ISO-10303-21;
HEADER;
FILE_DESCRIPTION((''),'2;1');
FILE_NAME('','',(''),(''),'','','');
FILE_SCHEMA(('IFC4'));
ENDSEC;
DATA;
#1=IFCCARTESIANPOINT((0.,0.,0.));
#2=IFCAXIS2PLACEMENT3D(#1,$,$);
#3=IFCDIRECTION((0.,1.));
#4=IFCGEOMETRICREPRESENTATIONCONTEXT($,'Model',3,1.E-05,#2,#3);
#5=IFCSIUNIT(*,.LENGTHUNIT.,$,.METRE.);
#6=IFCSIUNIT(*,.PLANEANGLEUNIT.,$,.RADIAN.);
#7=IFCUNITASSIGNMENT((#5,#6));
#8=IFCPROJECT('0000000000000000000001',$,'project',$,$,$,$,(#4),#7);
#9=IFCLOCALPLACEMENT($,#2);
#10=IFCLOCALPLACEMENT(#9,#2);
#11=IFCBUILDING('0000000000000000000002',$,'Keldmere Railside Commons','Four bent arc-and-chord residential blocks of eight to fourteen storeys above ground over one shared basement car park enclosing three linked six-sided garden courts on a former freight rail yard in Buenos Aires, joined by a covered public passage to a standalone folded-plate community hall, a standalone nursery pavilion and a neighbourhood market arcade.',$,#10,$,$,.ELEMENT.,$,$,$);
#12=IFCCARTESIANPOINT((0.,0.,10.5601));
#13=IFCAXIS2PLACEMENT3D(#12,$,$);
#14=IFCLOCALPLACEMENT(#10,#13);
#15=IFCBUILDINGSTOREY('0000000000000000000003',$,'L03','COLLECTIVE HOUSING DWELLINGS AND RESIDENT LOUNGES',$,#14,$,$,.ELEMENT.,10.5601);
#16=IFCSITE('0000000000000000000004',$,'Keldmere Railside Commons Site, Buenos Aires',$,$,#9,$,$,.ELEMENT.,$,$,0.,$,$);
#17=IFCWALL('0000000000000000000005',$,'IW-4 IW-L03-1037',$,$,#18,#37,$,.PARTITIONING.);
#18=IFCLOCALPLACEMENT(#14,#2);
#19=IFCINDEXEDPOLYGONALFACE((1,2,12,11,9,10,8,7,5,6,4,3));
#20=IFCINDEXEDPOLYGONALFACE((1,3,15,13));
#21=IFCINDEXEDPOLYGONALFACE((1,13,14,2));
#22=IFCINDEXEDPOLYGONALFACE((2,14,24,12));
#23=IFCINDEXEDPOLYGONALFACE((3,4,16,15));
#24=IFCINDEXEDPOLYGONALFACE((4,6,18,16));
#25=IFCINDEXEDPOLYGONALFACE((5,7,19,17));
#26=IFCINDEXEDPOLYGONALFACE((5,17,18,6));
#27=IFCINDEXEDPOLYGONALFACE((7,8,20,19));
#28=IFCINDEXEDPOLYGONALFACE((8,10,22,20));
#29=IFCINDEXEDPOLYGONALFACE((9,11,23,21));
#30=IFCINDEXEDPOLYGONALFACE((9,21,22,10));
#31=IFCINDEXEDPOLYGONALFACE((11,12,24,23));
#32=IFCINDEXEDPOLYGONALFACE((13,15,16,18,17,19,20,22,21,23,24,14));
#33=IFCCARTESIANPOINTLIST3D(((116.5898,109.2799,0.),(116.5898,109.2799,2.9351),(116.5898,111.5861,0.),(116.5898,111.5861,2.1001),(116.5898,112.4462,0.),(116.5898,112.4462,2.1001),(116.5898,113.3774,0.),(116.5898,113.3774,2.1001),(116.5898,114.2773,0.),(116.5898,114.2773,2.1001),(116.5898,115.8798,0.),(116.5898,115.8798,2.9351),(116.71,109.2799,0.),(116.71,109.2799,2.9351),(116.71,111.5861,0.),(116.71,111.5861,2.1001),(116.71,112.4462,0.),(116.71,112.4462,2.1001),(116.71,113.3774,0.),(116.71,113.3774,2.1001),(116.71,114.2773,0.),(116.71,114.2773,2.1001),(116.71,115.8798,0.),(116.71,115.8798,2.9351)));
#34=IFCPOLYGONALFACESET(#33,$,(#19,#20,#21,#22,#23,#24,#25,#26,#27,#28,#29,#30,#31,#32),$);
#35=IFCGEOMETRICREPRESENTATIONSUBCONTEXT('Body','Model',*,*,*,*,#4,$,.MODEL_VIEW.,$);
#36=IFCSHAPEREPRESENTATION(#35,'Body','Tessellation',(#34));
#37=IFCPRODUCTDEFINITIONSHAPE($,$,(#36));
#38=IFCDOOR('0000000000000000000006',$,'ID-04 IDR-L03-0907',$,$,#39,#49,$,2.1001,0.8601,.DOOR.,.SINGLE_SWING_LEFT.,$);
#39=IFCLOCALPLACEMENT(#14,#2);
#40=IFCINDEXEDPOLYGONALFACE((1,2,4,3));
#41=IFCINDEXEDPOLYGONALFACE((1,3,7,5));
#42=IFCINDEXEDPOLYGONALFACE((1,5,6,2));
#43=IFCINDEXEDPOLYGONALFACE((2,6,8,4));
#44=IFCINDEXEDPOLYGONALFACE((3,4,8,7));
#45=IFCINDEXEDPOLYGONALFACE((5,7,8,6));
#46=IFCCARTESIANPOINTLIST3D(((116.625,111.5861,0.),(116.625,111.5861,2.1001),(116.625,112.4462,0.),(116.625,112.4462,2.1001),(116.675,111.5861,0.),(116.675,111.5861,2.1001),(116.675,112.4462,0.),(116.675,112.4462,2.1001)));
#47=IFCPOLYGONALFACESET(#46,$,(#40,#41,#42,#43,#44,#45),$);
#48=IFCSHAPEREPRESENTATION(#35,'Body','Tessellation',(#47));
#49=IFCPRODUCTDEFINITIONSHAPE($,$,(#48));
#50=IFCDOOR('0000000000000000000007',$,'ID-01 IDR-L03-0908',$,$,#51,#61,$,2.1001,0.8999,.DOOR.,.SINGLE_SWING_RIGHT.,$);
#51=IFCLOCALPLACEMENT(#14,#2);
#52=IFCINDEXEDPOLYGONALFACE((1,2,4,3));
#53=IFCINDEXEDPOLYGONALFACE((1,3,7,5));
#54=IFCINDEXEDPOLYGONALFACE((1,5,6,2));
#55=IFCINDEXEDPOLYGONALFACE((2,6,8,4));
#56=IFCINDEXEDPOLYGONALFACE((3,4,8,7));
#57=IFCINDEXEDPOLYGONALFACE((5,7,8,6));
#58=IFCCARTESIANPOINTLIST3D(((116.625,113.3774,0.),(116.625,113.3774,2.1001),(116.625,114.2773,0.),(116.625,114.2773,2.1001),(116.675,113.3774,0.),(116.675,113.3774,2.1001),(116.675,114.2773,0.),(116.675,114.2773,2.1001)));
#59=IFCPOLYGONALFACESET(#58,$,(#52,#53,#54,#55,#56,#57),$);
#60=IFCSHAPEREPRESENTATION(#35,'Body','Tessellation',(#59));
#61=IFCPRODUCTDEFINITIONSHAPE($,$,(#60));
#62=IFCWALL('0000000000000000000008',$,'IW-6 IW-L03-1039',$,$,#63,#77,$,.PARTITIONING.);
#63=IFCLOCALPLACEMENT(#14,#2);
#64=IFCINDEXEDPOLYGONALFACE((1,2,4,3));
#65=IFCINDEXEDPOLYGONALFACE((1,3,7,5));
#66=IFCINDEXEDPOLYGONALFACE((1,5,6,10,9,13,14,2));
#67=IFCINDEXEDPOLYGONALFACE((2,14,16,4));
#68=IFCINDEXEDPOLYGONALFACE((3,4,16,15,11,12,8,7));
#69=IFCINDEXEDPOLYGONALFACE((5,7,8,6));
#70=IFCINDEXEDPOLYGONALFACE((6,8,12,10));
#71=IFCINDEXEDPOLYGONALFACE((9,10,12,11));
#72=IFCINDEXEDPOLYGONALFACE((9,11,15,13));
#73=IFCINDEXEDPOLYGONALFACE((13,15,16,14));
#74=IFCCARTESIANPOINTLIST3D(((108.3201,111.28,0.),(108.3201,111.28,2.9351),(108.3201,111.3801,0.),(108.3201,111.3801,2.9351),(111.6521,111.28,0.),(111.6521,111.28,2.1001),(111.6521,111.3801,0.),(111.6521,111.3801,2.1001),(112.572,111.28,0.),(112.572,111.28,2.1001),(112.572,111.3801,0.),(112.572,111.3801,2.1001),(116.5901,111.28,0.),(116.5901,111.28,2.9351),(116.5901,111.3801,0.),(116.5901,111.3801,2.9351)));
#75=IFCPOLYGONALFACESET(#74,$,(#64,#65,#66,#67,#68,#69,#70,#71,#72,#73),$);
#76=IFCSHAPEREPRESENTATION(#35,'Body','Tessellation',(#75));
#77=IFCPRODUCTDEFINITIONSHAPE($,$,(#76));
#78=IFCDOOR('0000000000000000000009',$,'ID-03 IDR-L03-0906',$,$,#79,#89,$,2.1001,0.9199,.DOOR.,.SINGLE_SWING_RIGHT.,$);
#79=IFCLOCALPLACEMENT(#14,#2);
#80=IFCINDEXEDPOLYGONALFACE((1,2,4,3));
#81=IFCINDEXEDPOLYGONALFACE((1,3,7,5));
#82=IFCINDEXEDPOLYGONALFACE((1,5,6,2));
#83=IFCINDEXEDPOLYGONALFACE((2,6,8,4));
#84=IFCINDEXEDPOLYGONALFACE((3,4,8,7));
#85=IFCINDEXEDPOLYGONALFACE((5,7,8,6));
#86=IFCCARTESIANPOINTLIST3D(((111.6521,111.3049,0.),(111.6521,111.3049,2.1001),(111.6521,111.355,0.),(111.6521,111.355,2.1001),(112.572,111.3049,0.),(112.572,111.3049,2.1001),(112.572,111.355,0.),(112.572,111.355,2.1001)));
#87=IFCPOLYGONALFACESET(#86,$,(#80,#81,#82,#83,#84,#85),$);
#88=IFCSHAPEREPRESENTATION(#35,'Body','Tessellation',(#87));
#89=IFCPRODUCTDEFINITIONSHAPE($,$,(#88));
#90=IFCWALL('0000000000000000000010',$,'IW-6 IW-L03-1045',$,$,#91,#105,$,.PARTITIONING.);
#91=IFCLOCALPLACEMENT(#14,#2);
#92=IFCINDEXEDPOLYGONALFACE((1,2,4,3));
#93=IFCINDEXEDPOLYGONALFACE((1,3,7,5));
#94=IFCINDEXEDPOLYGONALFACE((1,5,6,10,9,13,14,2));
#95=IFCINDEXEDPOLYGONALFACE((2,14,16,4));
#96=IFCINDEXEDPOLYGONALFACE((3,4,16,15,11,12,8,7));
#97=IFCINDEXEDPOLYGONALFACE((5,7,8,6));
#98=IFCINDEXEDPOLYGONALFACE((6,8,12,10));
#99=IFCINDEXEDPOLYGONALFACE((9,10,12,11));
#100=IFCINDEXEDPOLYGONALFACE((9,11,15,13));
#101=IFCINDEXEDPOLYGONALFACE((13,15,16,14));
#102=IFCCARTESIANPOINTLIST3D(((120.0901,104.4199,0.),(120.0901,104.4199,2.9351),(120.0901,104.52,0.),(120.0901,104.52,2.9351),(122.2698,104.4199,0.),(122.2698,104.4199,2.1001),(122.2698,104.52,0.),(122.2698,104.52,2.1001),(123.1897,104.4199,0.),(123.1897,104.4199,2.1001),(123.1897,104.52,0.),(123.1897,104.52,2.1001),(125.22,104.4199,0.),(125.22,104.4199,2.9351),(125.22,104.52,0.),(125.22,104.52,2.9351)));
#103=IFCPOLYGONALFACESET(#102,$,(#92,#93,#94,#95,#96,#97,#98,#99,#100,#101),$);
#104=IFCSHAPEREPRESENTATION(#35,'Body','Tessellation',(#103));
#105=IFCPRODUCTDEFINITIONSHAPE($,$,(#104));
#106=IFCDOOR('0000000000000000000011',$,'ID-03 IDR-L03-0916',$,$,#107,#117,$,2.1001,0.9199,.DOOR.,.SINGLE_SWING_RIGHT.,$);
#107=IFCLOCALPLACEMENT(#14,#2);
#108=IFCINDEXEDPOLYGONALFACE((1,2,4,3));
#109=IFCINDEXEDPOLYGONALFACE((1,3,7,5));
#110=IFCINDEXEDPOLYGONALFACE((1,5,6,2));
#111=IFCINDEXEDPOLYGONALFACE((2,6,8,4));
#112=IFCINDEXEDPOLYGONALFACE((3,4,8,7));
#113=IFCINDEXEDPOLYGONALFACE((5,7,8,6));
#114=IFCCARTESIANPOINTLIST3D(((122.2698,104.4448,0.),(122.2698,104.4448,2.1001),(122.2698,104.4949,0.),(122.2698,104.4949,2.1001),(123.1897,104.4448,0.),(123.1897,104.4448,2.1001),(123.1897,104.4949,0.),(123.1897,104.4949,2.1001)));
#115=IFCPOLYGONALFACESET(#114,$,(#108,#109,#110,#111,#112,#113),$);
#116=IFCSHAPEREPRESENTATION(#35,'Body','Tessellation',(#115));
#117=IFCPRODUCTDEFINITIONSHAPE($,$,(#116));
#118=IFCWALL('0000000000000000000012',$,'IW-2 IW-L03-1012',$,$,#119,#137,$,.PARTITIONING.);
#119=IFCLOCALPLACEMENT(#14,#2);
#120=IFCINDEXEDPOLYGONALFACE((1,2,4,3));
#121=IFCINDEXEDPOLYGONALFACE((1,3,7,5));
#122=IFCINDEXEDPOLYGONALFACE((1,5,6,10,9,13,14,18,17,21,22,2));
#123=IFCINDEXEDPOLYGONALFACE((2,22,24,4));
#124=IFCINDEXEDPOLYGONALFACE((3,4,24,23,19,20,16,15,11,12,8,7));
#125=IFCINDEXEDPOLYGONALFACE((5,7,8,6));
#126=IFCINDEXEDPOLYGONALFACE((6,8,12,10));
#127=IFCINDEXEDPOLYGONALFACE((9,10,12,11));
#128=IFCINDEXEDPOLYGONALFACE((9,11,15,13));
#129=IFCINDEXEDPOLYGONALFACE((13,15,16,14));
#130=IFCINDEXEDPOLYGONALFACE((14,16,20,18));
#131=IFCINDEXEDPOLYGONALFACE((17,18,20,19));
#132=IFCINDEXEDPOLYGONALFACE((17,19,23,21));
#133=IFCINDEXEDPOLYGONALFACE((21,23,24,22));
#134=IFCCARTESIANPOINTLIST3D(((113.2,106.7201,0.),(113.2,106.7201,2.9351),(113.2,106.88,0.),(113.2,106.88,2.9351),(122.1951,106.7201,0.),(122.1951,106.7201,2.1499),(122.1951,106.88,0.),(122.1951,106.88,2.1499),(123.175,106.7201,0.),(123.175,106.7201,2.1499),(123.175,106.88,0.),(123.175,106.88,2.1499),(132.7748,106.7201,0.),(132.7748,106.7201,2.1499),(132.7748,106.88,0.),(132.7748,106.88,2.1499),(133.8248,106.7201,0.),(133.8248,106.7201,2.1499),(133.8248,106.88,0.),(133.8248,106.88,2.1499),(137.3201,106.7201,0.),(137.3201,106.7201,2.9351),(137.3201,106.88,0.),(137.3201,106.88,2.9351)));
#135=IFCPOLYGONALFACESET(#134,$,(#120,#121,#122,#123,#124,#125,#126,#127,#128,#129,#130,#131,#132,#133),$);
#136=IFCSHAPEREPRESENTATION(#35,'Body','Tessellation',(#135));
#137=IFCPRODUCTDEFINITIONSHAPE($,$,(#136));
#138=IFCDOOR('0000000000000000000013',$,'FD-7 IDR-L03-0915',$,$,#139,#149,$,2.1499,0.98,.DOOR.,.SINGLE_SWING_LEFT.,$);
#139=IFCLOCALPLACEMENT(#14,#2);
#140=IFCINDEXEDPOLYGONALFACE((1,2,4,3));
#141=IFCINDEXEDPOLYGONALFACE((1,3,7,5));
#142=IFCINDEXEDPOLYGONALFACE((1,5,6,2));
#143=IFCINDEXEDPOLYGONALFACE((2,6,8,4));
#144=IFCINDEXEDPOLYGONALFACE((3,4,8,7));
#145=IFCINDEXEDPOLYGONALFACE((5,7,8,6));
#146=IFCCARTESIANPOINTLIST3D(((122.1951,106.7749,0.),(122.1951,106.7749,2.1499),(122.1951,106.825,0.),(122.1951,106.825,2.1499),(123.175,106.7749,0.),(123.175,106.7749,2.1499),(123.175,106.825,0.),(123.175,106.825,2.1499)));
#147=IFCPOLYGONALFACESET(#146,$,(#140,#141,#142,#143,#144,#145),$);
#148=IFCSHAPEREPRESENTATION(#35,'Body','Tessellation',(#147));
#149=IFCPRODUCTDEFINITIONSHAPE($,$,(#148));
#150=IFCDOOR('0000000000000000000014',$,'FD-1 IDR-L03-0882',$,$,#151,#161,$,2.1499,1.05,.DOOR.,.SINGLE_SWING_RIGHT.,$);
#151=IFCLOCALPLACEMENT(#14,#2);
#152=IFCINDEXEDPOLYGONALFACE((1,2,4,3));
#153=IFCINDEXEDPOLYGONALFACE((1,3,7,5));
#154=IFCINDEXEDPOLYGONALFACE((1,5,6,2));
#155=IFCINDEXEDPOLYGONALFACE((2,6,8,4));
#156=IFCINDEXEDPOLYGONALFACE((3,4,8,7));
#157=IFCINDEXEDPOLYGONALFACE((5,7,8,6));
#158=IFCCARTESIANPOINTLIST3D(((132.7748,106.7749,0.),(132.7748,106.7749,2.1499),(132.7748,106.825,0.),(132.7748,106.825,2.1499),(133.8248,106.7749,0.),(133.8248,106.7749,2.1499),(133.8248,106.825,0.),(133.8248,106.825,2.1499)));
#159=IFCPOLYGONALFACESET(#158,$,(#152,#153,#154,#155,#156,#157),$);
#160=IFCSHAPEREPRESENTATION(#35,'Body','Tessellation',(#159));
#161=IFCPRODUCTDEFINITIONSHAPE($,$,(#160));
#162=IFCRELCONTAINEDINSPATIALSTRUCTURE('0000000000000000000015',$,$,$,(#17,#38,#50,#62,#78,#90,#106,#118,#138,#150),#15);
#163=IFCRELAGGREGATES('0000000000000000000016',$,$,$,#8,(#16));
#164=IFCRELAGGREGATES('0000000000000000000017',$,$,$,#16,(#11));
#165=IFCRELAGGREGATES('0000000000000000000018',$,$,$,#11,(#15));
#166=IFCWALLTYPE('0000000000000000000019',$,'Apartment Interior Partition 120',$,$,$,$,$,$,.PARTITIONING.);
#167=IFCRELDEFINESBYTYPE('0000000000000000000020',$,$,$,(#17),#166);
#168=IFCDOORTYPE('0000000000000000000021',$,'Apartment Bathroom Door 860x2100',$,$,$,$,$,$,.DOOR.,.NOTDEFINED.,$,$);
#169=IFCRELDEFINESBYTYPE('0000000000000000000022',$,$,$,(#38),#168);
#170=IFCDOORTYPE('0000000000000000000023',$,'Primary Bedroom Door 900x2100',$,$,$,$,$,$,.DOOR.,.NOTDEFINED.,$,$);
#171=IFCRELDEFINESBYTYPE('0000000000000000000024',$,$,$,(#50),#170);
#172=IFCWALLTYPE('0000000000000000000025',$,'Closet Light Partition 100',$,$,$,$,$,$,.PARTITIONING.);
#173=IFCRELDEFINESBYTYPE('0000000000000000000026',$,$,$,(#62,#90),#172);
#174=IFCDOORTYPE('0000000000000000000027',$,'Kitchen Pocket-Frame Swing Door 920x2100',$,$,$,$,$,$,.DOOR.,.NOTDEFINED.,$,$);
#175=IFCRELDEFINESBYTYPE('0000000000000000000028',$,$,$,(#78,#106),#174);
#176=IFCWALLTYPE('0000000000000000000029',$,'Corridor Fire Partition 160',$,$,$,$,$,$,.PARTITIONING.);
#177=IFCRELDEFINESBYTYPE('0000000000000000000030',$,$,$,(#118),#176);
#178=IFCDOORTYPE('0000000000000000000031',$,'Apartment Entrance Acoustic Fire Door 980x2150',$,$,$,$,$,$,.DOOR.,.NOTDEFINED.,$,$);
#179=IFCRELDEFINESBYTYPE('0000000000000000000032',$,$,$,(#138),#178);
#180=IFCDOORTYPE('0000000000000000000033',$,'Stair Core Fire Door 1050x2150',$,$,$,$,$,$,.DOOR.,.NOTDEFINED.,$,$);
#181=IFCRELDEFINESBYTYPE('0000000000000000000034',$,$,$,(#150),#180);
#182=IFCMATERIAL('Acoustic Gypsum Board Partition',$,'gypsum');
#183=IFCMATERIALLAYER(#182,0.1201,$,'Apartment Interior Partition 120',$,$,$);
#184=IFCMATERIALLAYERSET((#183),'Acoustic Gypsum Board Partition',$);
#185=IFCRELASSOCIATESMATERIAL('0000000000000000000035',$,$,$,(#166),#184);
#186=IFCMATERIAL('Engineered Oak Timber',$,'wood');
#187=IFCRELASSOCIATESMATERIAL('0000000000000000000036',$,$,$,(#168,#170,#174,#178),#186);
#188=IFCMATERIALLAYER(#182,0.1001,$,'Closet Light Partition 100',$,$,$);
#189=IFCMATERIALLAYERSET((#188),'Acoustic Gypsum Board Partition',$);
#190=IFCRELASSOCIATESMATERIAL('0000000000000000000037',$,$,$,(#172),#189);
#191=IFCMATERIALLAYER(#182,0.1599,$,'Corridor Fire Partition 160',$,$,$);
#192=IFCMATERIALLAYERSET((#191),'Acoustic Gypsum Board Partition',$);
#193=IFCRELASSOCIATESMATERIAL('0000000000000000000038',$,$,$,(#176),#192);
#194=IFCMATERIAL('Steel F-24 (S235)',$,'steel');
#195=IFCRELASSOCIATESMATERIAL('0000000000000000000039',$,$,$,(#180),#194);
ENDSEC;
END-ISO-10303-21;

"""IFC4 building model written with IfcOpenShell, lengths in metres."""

from ifc_helpers import new_model, si_unit, direction, frame, frame_2d, origin, place, context, subcontext, project, spatial, rectangle, extrude, material, layer, layer_set, type_object, element, fill, save


model = new_model("IFC4")

# Units and contexts
model_context = context("Model", 3, precision=1e-05, world=origin(), true_north=direction((0.0, 1.0)))
body_context = subcontext(model_context, "Body", "Model", "MODEL_VIEW")
ifc_project = project(units=[si_unit("LENGTHUNIT", "METRE"), si_unit("PLANEANGLEUNIT", "RADIAN")], contexts=[model_context])

# Site, building, storey
site_placement = place(None, origin())
site = spatial("IfcSite", under=ifc_project, at=site_placement, Name="Keldmere Railside Commons Site, Buenos Aires", CompositionType="ELEMENT", RefElevation=0.0)
building_placement = place(site_placement, origin())
building = spatial("IfcBuilding", under=site, at=building_placement, Name="Keldmere Railside Commons", Description="Four bent arc-and-chord residential blocks of eight to fourteen storeys above ground over one shared basement car park enclosing three linked six-sided garden courts on a former freight rail yard in Buenos Aires, joined by a covered public passage to a standalone folded-plate community hall, a standalone nursery pavilion and a neighbourhood market arcade.", CompositionType="ELEMENT")
storey_placement = place(building_placement, frame((0.0, 0.0, 10.5601)))
storey = spatial("IfcBuildingStorey", under=building, at=storey_placement, Name="L03", Description="COLLECTIVE HOUSING DWELLINGS AND RESIDENT LOUNGES", CompositionType="ELEMENT", Elevation=10.5601)

# Shared definitions
ifc_material_1 = material(Name="Acoustic Gypsum Board Partition", Category="gypsum")
ifc_layer_1 = layer(ifc_material_1, 0.1201, Name="Apartment Interior Partition 120")
ifc_layer_set_1 = layer_set([ifc_layer_1], Name="Acoustic Gypsum Board Partition")
wall_type_1 = type_object("IfcWallType", Name="Apartment Interior Partition 120", PredefinedType="PARTITIONING", material=ifc_layer_set_1)
ifc_material_2 = material(Name="Engineered Oak Timber", Category="wood")

# Wall, openings, doors
wall_1_placement = place(storey_placement, frame((116.6499, 109.28, 0.0), z_axis=(0.0, 0.0, 1.0), x_axis=(0.0, 1.0, 0.0)))
wall_1 = element("IfcWall", 1, at=wall_1_placement, inside=storey, type_object=wall_type_1, Name="IW-4 IW-L03-1037", PredefinedType="PARTITIONING", context=body_context, shape_type="SweptSolid", body=[
    extrude(rectangle(XDim=6.5999, YDim=0.1201, at=frame_2d((3.2998, 0.0))), origin(), (0.0, 0.0, 1.0), 2.9351),
])
opening_1_placement = place(wall_1_placement, frame((2.3059, 0.0, 0.0)))
opening_1 = element("IfcOpeningElement", 2, at=opening_1_placement, cuts=wall_1, PredefinedType="OPENING", context=body_context, shape_type="SweptSolid", body=[
    extrude(rectangle(XDim=0.8601, YDim=2.1001, at=frame_2d((0.4302, 1.05))), frame((0.0, 0.0701, 0.0), z_axis=(0.0, -1.0, 0.0), x_axis=(1.0, 0.0, 0.0)), (0.0, 0.0, 1.0), 0.1401),
])
opening_2_placement = place(wall_1_placement, frame((4.0974, 0.0, 0.0)))
opening_2 = element("IfcOpeningElement", 3, at=opening_2_placement, cuts=wall_1, PredefinedType="OPENING", context=body_context, shape_type="SweptSolid", body=[
    extrude(rectangle(XDim=0.8999, YDim=2.1001, at=frame_2d((0.45, 1.05))), frame((0.0, 0.0701, 0.0), z_axis=(0.0, -1.0, 0.0), x_axis=(1.0, 0.0, 0.0)), (0.0, 0.0, 1.0), 0.1401),
])
door_type_1 = type_object("IfcDoorType", Name="Apartment Bathroom Door 860x2100", OperationType="NOTDEFINED", PredefinedType="DOOR", material=ifc_material_2)
door_1_placement = place(opening_1_placement, origin())
door_1 = element("IfcDoor", 4, at=door_1_placement, inside=storey, type_object=door_type_1, Name="ID-04 IDR-L03-0907", OperationType="SINGLE_SWING_LEFT", OverallHeight=2.1001, OverallWidth=0.8601, PredefinedType="DOOR", context=body_context, shape_type="SweptSolid", body=[
    extrude(rectangle(XDim=0.8601, YDim=2.1001, at=frame_2d((0.4302, 1.05))), frame((0.0, 0.0249, 0.0), z_axis=(0.0, -1.0, 0.0), x_axis=(1.0, 0.0, 0.0)), (0.0, 0.0, 1.0), 0.05),
])
fill(opening_1, door_1)
door_type_2 = type_object("IfcDoorType", Name="Primary Bedroom Door 900x2100", OperationType="NOTDEFINED", PredefinedType="DOOR", material=ifc_material_2)
door_2_placement = place(opening_2_placement, origin())
door_2 = element("IfcDoor", 5, at=door_2_placement, inside=storey, type_object=door_type_2, Name="ID-01 IDR-L03-0908", OperationType="SINGLE_SWING_RIGHT", OverallHeight=2.1001, OverallWidth=0.8999, PredefinedType="DOOR", context=body_context, shape_type="SweptSolid", body=[
    extrude(rectangle(XDim=0.8999, YDim=2.1001, at=frame_2d((0.45, 1.05))), frame((0.0, 0.0249, 0.0), z_axis=(0.0, -1.0, 0.0), x_axis=(1.0, 0.0, 0.0)), (0.0, 0.0, 1.0), 0.05),
])
fill(opening_2, door_2)

# Walls, openings, doors
ifc_layer_2 = layer(ifc_material_1, 0.1001, Name="Closet Light Partition 100")
ifc_layer_set_2 = layer_set([ifc_layer_2], Name="Acoustic Gypsum Board Partition")
wall_type_2 = type_object("IfcWallType", Name="Closet Light Partition 100", PredefinedType="PARTITIONING", material=ifc_layer_set_2)
wall_2_placement = place(storey_placement, frame((108.3201, 111.3301, 0.0), z_axis=(0.0, 0.0, 1.0), x_axis=(1.0, 0.0, 0.0)))
wall_2 = element("IfcWall", 6, at=wall_2_placement, inside=storey, type_object=wall_type_2, Name="IW-6 IW-L03-1039", PredefinedType="PARTITIONING", context=body_context, shape_type="SweptSolid", body=[
    extrude(rectangle(XDim=8.27, YDim=0.1001, at=frame_2d((4.135, 0.0))), origin(), (0.0, 0.0, 1.0), 2.9351),
])
opening_3_placement = place(wall_2_placement, frame((3.332, 0.0, 0.0)))
opening_3 = element("IfcOpeningElement", 7, at=opening_3_placement, cuts=wall_2, PredefinedType="OPENING", context=body_context, shape_type="SweptSolid", body=[
    extrude(rectangle(XDim=0.9199, YDim=2.1001, at=frame_2d((0.46, 1.05))), frame((0.0, 0.0601, 0.0), z_axis=(0.0, -1.0, 0.0), x_axis=(1.0, 0.0, 0.0)), (0.0, 0.0, 1.0), 0.1201),
])
door_type_3 = type_object("IfcDoorType", Name="Kitchen Pocket-Frame Swing Door 920x2100", OperationType="NOTDEFINED", PredefinedType="DOOR", material=ifc_material_2)
door_3_placement = place(opening_3_placement, origin())
door_3 = element("IfcDoor", 8, at=door_3_placement, inside=storey, type_object=door_type_3, Name="ID-03 IDR-L03-0906", OperationType="SINGLE_SWING_RIGHT", OverallHeight=2.1001, OverallWidth=0.9199, PredefinedType="DOOR", context=body_context, shape_type="SweptSolid", body=[
    extrude(rectangle(XDim=0.9199, YDim=2.1001, at=frame_2d((0.46, 1.05))), frame((0.0, 0.0249, 0.0), z_axis=(0.0, -1.0, 0.0), x_axis=(1.0, 0.0, 0.0)), (0.0, 0.0, 1.0), 0.05),
])
fill(opening_3, door_3)
wall_3_placement = place(storey_placement, frame((120.0901, 104.47, 0.0), z_axis=(0.0, 0.0, 1.0), x_axis=(1.0, 0.0, 0.0)))
wall_3 = element("IfcWall", 9, at=wall_3_placement, inside=storey, type_object=wall_type_2, Name="IW-6 IW-L03-1045", PredefinedType="PARTITIONING", context=body_context, shape_type="SweptSolid", body=[
    extrude(rectangle(XDim=5.1299, YDim=0.1001, at=frame_2d((2.5649, 0.0))), origin(), (0.0, 0.0, 1.0), 2.9351),
])
opening_4_placement = place(wall_3_placement, frame((2.1797, 0.0, 0.0)))
opening_4 = element("IfcOpeningElement", 10, at=opening_4_placement, cuts=wall_3, PredefinedType="OPENING", context=body_context, shape_type="SweptSolid", body=[
    extrude(rectangle(XDim=0.9199, YDim=2.1001, at=frame_2d((0.46, 1.05))), frame((0.0, 0.0601, 0.0), z_axis=(0.0, -1.0, 0.0), x_axis=(1.0, 0.0, 0.0)), (0.0, 0.0, 1.0), 0.1201),
])
door_4_placement = place(opening_4_placement, origin())
door_4 = element("IfcDoor", 11, at=door_4_placement, inside=storey, type_object=door_type_3, Name="ID-03 IDR-L03-0916", OperationType="SINGLE_SWING_RIGHT", OverallHeight=2.1001, OverallWidth=0.9199, PredefinedType="DOOR", context=body_context, shape_type="SweptSolid", body=[
    extrude(rectangle(XDim=0.9199, YDim=2.1001, at=frame_2d((0.46, 1.05))), frame((0.0, 0.0249, 0.0), z_axis=(0.0, -1.0, 0.0), x_axis=(1.0, 0.0, 0.0)), (0.0, 0.0, 1.0), 0.05),
])
fill(opening_4, door_4)

# Wall, openings, doors
ifc_layer_3 = layer(ifc_material_1, 0.1599, Name="Corridor Fire Partition 160")
ifc_layer_set_3 = layer_set([ifc_layer_3], Name="Acoustic Gypsum Board Partition")
wall_type_3 = type_object("IfcWallType", Name="Corridor Fire Partition 160", PredefinedType="PARTITIONING", material=ifc_layer_set_3)
wall_4_placement = place(storey_placement, frame((113.2, 106.8, 0.0), z_axis=(0.0, 0.0, 1.0), x_axis=(1.0, 0.0, 0.0)))
wall_4 = element("IfcWall", 12, at=wall_4_placement, inside=storey, type_object=wall_type_3, Name="IW-2 IW-L03-1012", PredefinedType="PARTITIONING", context=body_context, shape_type="SweptSolid", body=[
    extrude(rectangle(XDim=24.1201, YDim=0.1599, at=frame_2d((12.0601, 0.0))), origin(), (0.0, 0.0, 1.0), 2.9351),
])
opening_5_placement = place(wall_4_placement, frame((19.575, 0.0, 0.0)))
opening_5 = element("IfcOpeningElement", 13, at=opening_5_placement, cuts=wall_4, PredefinedType="OPENING", context=body_context, shape_type="SweptSolid", body=[
    extrude(rectangle(XDim=1.05, YDim=2.1499, at=frame_2d((0.5249, 1.075))), frame((0.0, 0.0898, 0.0), z_axis=(0.0, -1.0, 0.0), x_axis=(1.0, 0.0, 0.0)), (0.0, 0.0, 1.0), 0.1799),
])
opening_6_placement = place(wall_4_placement, frame((8.9951, 0.0, 0.0)))
opening_6 = element("IfcOpeningElement", 14, at=opening_6_placement, cuts=wall_4, PredefinedType="OPENING", context=body_context, shape_type="SweptSolid", body=[
    extrude(rectangle(XDim=0.98, YDim=2.1499, at=frame_2d((0.49, 1.075))), frame((0.0, 0.0898, 0.0), z_axis=(0.0, -1.0, 0.0), x_axis=(1.0, 0.0, 0.0)), (0.0, 0.0, 1.0), 0.1799),
])
door_type_4 = type_object("IfcDoorType", Name="Apartment Entrance Acoustic Fire Door 980x2150", OperationType="NOTDEFINED", PredefinedType="DOOR", material=ifc_material_2)
door_5_placement = place(opening_6_placement, origin())
door_5 = element("IfcDoor", 15, at=door_5_placement, inside=storey, type_object=door_type_4, Name="FD-7 IDR-L03-0915", OperationType="SINGLE_SWING_LEFT", OverallHeight=2.1499, OverallWidth=0.98, PredefinedType="DOOR", context=body_context, shape_type="SweptSolid", body=[
    extrude(rectangle(XDim=0.98, YDim=2.1499, at=frame_2d((0.49, 1.075))), frame((0.0, 0.0249, 0.0), z_axis=(0.0, -1.0, 0.0), x_axis=(1.0, 0.0, 0.0)), (0.0, 0.0, 1.0), 0.05),
])
fill(opening_6, door_5)
ifc_material_3 = material(Name="Steel F-24 (S235)", Category="steel")
door_type_5 = type_object("IfcDoorType", Name="Stair Core Fire Door 1050x2150", OperationType="NOTDEFINED", PredefinedType="DOOR", material=ifc_material_3)
door_6_placement = place(opening_5_placement, origin())
door_6 = element("IfcDoor", 16, at=door_6_placement, inside=storey, type_object=door_type_5, Name="FD-1 IDR-L03-0882", OperationType="SINGLE_SWING_RIGHT", OverallHeight=2.1499, OverallWidth=1.05, PredefinedType="DOOR", context=body_context, shape_type="SweptSolid", body=[
    extrude(rectangle(XDim=1.05, YDim=2.1499, at=frame_2d((0.5249, 1.075))), frame((0.0, 0.0249, 0.0), z_axis=(0.0, -1.0, 0.0), x_axis=(1.0, 0.0, 0.0)), (0.0, 0.0, 1.0), 0.05),
])
fill(opening_5, door_6)

save(model, "model.ifc")
